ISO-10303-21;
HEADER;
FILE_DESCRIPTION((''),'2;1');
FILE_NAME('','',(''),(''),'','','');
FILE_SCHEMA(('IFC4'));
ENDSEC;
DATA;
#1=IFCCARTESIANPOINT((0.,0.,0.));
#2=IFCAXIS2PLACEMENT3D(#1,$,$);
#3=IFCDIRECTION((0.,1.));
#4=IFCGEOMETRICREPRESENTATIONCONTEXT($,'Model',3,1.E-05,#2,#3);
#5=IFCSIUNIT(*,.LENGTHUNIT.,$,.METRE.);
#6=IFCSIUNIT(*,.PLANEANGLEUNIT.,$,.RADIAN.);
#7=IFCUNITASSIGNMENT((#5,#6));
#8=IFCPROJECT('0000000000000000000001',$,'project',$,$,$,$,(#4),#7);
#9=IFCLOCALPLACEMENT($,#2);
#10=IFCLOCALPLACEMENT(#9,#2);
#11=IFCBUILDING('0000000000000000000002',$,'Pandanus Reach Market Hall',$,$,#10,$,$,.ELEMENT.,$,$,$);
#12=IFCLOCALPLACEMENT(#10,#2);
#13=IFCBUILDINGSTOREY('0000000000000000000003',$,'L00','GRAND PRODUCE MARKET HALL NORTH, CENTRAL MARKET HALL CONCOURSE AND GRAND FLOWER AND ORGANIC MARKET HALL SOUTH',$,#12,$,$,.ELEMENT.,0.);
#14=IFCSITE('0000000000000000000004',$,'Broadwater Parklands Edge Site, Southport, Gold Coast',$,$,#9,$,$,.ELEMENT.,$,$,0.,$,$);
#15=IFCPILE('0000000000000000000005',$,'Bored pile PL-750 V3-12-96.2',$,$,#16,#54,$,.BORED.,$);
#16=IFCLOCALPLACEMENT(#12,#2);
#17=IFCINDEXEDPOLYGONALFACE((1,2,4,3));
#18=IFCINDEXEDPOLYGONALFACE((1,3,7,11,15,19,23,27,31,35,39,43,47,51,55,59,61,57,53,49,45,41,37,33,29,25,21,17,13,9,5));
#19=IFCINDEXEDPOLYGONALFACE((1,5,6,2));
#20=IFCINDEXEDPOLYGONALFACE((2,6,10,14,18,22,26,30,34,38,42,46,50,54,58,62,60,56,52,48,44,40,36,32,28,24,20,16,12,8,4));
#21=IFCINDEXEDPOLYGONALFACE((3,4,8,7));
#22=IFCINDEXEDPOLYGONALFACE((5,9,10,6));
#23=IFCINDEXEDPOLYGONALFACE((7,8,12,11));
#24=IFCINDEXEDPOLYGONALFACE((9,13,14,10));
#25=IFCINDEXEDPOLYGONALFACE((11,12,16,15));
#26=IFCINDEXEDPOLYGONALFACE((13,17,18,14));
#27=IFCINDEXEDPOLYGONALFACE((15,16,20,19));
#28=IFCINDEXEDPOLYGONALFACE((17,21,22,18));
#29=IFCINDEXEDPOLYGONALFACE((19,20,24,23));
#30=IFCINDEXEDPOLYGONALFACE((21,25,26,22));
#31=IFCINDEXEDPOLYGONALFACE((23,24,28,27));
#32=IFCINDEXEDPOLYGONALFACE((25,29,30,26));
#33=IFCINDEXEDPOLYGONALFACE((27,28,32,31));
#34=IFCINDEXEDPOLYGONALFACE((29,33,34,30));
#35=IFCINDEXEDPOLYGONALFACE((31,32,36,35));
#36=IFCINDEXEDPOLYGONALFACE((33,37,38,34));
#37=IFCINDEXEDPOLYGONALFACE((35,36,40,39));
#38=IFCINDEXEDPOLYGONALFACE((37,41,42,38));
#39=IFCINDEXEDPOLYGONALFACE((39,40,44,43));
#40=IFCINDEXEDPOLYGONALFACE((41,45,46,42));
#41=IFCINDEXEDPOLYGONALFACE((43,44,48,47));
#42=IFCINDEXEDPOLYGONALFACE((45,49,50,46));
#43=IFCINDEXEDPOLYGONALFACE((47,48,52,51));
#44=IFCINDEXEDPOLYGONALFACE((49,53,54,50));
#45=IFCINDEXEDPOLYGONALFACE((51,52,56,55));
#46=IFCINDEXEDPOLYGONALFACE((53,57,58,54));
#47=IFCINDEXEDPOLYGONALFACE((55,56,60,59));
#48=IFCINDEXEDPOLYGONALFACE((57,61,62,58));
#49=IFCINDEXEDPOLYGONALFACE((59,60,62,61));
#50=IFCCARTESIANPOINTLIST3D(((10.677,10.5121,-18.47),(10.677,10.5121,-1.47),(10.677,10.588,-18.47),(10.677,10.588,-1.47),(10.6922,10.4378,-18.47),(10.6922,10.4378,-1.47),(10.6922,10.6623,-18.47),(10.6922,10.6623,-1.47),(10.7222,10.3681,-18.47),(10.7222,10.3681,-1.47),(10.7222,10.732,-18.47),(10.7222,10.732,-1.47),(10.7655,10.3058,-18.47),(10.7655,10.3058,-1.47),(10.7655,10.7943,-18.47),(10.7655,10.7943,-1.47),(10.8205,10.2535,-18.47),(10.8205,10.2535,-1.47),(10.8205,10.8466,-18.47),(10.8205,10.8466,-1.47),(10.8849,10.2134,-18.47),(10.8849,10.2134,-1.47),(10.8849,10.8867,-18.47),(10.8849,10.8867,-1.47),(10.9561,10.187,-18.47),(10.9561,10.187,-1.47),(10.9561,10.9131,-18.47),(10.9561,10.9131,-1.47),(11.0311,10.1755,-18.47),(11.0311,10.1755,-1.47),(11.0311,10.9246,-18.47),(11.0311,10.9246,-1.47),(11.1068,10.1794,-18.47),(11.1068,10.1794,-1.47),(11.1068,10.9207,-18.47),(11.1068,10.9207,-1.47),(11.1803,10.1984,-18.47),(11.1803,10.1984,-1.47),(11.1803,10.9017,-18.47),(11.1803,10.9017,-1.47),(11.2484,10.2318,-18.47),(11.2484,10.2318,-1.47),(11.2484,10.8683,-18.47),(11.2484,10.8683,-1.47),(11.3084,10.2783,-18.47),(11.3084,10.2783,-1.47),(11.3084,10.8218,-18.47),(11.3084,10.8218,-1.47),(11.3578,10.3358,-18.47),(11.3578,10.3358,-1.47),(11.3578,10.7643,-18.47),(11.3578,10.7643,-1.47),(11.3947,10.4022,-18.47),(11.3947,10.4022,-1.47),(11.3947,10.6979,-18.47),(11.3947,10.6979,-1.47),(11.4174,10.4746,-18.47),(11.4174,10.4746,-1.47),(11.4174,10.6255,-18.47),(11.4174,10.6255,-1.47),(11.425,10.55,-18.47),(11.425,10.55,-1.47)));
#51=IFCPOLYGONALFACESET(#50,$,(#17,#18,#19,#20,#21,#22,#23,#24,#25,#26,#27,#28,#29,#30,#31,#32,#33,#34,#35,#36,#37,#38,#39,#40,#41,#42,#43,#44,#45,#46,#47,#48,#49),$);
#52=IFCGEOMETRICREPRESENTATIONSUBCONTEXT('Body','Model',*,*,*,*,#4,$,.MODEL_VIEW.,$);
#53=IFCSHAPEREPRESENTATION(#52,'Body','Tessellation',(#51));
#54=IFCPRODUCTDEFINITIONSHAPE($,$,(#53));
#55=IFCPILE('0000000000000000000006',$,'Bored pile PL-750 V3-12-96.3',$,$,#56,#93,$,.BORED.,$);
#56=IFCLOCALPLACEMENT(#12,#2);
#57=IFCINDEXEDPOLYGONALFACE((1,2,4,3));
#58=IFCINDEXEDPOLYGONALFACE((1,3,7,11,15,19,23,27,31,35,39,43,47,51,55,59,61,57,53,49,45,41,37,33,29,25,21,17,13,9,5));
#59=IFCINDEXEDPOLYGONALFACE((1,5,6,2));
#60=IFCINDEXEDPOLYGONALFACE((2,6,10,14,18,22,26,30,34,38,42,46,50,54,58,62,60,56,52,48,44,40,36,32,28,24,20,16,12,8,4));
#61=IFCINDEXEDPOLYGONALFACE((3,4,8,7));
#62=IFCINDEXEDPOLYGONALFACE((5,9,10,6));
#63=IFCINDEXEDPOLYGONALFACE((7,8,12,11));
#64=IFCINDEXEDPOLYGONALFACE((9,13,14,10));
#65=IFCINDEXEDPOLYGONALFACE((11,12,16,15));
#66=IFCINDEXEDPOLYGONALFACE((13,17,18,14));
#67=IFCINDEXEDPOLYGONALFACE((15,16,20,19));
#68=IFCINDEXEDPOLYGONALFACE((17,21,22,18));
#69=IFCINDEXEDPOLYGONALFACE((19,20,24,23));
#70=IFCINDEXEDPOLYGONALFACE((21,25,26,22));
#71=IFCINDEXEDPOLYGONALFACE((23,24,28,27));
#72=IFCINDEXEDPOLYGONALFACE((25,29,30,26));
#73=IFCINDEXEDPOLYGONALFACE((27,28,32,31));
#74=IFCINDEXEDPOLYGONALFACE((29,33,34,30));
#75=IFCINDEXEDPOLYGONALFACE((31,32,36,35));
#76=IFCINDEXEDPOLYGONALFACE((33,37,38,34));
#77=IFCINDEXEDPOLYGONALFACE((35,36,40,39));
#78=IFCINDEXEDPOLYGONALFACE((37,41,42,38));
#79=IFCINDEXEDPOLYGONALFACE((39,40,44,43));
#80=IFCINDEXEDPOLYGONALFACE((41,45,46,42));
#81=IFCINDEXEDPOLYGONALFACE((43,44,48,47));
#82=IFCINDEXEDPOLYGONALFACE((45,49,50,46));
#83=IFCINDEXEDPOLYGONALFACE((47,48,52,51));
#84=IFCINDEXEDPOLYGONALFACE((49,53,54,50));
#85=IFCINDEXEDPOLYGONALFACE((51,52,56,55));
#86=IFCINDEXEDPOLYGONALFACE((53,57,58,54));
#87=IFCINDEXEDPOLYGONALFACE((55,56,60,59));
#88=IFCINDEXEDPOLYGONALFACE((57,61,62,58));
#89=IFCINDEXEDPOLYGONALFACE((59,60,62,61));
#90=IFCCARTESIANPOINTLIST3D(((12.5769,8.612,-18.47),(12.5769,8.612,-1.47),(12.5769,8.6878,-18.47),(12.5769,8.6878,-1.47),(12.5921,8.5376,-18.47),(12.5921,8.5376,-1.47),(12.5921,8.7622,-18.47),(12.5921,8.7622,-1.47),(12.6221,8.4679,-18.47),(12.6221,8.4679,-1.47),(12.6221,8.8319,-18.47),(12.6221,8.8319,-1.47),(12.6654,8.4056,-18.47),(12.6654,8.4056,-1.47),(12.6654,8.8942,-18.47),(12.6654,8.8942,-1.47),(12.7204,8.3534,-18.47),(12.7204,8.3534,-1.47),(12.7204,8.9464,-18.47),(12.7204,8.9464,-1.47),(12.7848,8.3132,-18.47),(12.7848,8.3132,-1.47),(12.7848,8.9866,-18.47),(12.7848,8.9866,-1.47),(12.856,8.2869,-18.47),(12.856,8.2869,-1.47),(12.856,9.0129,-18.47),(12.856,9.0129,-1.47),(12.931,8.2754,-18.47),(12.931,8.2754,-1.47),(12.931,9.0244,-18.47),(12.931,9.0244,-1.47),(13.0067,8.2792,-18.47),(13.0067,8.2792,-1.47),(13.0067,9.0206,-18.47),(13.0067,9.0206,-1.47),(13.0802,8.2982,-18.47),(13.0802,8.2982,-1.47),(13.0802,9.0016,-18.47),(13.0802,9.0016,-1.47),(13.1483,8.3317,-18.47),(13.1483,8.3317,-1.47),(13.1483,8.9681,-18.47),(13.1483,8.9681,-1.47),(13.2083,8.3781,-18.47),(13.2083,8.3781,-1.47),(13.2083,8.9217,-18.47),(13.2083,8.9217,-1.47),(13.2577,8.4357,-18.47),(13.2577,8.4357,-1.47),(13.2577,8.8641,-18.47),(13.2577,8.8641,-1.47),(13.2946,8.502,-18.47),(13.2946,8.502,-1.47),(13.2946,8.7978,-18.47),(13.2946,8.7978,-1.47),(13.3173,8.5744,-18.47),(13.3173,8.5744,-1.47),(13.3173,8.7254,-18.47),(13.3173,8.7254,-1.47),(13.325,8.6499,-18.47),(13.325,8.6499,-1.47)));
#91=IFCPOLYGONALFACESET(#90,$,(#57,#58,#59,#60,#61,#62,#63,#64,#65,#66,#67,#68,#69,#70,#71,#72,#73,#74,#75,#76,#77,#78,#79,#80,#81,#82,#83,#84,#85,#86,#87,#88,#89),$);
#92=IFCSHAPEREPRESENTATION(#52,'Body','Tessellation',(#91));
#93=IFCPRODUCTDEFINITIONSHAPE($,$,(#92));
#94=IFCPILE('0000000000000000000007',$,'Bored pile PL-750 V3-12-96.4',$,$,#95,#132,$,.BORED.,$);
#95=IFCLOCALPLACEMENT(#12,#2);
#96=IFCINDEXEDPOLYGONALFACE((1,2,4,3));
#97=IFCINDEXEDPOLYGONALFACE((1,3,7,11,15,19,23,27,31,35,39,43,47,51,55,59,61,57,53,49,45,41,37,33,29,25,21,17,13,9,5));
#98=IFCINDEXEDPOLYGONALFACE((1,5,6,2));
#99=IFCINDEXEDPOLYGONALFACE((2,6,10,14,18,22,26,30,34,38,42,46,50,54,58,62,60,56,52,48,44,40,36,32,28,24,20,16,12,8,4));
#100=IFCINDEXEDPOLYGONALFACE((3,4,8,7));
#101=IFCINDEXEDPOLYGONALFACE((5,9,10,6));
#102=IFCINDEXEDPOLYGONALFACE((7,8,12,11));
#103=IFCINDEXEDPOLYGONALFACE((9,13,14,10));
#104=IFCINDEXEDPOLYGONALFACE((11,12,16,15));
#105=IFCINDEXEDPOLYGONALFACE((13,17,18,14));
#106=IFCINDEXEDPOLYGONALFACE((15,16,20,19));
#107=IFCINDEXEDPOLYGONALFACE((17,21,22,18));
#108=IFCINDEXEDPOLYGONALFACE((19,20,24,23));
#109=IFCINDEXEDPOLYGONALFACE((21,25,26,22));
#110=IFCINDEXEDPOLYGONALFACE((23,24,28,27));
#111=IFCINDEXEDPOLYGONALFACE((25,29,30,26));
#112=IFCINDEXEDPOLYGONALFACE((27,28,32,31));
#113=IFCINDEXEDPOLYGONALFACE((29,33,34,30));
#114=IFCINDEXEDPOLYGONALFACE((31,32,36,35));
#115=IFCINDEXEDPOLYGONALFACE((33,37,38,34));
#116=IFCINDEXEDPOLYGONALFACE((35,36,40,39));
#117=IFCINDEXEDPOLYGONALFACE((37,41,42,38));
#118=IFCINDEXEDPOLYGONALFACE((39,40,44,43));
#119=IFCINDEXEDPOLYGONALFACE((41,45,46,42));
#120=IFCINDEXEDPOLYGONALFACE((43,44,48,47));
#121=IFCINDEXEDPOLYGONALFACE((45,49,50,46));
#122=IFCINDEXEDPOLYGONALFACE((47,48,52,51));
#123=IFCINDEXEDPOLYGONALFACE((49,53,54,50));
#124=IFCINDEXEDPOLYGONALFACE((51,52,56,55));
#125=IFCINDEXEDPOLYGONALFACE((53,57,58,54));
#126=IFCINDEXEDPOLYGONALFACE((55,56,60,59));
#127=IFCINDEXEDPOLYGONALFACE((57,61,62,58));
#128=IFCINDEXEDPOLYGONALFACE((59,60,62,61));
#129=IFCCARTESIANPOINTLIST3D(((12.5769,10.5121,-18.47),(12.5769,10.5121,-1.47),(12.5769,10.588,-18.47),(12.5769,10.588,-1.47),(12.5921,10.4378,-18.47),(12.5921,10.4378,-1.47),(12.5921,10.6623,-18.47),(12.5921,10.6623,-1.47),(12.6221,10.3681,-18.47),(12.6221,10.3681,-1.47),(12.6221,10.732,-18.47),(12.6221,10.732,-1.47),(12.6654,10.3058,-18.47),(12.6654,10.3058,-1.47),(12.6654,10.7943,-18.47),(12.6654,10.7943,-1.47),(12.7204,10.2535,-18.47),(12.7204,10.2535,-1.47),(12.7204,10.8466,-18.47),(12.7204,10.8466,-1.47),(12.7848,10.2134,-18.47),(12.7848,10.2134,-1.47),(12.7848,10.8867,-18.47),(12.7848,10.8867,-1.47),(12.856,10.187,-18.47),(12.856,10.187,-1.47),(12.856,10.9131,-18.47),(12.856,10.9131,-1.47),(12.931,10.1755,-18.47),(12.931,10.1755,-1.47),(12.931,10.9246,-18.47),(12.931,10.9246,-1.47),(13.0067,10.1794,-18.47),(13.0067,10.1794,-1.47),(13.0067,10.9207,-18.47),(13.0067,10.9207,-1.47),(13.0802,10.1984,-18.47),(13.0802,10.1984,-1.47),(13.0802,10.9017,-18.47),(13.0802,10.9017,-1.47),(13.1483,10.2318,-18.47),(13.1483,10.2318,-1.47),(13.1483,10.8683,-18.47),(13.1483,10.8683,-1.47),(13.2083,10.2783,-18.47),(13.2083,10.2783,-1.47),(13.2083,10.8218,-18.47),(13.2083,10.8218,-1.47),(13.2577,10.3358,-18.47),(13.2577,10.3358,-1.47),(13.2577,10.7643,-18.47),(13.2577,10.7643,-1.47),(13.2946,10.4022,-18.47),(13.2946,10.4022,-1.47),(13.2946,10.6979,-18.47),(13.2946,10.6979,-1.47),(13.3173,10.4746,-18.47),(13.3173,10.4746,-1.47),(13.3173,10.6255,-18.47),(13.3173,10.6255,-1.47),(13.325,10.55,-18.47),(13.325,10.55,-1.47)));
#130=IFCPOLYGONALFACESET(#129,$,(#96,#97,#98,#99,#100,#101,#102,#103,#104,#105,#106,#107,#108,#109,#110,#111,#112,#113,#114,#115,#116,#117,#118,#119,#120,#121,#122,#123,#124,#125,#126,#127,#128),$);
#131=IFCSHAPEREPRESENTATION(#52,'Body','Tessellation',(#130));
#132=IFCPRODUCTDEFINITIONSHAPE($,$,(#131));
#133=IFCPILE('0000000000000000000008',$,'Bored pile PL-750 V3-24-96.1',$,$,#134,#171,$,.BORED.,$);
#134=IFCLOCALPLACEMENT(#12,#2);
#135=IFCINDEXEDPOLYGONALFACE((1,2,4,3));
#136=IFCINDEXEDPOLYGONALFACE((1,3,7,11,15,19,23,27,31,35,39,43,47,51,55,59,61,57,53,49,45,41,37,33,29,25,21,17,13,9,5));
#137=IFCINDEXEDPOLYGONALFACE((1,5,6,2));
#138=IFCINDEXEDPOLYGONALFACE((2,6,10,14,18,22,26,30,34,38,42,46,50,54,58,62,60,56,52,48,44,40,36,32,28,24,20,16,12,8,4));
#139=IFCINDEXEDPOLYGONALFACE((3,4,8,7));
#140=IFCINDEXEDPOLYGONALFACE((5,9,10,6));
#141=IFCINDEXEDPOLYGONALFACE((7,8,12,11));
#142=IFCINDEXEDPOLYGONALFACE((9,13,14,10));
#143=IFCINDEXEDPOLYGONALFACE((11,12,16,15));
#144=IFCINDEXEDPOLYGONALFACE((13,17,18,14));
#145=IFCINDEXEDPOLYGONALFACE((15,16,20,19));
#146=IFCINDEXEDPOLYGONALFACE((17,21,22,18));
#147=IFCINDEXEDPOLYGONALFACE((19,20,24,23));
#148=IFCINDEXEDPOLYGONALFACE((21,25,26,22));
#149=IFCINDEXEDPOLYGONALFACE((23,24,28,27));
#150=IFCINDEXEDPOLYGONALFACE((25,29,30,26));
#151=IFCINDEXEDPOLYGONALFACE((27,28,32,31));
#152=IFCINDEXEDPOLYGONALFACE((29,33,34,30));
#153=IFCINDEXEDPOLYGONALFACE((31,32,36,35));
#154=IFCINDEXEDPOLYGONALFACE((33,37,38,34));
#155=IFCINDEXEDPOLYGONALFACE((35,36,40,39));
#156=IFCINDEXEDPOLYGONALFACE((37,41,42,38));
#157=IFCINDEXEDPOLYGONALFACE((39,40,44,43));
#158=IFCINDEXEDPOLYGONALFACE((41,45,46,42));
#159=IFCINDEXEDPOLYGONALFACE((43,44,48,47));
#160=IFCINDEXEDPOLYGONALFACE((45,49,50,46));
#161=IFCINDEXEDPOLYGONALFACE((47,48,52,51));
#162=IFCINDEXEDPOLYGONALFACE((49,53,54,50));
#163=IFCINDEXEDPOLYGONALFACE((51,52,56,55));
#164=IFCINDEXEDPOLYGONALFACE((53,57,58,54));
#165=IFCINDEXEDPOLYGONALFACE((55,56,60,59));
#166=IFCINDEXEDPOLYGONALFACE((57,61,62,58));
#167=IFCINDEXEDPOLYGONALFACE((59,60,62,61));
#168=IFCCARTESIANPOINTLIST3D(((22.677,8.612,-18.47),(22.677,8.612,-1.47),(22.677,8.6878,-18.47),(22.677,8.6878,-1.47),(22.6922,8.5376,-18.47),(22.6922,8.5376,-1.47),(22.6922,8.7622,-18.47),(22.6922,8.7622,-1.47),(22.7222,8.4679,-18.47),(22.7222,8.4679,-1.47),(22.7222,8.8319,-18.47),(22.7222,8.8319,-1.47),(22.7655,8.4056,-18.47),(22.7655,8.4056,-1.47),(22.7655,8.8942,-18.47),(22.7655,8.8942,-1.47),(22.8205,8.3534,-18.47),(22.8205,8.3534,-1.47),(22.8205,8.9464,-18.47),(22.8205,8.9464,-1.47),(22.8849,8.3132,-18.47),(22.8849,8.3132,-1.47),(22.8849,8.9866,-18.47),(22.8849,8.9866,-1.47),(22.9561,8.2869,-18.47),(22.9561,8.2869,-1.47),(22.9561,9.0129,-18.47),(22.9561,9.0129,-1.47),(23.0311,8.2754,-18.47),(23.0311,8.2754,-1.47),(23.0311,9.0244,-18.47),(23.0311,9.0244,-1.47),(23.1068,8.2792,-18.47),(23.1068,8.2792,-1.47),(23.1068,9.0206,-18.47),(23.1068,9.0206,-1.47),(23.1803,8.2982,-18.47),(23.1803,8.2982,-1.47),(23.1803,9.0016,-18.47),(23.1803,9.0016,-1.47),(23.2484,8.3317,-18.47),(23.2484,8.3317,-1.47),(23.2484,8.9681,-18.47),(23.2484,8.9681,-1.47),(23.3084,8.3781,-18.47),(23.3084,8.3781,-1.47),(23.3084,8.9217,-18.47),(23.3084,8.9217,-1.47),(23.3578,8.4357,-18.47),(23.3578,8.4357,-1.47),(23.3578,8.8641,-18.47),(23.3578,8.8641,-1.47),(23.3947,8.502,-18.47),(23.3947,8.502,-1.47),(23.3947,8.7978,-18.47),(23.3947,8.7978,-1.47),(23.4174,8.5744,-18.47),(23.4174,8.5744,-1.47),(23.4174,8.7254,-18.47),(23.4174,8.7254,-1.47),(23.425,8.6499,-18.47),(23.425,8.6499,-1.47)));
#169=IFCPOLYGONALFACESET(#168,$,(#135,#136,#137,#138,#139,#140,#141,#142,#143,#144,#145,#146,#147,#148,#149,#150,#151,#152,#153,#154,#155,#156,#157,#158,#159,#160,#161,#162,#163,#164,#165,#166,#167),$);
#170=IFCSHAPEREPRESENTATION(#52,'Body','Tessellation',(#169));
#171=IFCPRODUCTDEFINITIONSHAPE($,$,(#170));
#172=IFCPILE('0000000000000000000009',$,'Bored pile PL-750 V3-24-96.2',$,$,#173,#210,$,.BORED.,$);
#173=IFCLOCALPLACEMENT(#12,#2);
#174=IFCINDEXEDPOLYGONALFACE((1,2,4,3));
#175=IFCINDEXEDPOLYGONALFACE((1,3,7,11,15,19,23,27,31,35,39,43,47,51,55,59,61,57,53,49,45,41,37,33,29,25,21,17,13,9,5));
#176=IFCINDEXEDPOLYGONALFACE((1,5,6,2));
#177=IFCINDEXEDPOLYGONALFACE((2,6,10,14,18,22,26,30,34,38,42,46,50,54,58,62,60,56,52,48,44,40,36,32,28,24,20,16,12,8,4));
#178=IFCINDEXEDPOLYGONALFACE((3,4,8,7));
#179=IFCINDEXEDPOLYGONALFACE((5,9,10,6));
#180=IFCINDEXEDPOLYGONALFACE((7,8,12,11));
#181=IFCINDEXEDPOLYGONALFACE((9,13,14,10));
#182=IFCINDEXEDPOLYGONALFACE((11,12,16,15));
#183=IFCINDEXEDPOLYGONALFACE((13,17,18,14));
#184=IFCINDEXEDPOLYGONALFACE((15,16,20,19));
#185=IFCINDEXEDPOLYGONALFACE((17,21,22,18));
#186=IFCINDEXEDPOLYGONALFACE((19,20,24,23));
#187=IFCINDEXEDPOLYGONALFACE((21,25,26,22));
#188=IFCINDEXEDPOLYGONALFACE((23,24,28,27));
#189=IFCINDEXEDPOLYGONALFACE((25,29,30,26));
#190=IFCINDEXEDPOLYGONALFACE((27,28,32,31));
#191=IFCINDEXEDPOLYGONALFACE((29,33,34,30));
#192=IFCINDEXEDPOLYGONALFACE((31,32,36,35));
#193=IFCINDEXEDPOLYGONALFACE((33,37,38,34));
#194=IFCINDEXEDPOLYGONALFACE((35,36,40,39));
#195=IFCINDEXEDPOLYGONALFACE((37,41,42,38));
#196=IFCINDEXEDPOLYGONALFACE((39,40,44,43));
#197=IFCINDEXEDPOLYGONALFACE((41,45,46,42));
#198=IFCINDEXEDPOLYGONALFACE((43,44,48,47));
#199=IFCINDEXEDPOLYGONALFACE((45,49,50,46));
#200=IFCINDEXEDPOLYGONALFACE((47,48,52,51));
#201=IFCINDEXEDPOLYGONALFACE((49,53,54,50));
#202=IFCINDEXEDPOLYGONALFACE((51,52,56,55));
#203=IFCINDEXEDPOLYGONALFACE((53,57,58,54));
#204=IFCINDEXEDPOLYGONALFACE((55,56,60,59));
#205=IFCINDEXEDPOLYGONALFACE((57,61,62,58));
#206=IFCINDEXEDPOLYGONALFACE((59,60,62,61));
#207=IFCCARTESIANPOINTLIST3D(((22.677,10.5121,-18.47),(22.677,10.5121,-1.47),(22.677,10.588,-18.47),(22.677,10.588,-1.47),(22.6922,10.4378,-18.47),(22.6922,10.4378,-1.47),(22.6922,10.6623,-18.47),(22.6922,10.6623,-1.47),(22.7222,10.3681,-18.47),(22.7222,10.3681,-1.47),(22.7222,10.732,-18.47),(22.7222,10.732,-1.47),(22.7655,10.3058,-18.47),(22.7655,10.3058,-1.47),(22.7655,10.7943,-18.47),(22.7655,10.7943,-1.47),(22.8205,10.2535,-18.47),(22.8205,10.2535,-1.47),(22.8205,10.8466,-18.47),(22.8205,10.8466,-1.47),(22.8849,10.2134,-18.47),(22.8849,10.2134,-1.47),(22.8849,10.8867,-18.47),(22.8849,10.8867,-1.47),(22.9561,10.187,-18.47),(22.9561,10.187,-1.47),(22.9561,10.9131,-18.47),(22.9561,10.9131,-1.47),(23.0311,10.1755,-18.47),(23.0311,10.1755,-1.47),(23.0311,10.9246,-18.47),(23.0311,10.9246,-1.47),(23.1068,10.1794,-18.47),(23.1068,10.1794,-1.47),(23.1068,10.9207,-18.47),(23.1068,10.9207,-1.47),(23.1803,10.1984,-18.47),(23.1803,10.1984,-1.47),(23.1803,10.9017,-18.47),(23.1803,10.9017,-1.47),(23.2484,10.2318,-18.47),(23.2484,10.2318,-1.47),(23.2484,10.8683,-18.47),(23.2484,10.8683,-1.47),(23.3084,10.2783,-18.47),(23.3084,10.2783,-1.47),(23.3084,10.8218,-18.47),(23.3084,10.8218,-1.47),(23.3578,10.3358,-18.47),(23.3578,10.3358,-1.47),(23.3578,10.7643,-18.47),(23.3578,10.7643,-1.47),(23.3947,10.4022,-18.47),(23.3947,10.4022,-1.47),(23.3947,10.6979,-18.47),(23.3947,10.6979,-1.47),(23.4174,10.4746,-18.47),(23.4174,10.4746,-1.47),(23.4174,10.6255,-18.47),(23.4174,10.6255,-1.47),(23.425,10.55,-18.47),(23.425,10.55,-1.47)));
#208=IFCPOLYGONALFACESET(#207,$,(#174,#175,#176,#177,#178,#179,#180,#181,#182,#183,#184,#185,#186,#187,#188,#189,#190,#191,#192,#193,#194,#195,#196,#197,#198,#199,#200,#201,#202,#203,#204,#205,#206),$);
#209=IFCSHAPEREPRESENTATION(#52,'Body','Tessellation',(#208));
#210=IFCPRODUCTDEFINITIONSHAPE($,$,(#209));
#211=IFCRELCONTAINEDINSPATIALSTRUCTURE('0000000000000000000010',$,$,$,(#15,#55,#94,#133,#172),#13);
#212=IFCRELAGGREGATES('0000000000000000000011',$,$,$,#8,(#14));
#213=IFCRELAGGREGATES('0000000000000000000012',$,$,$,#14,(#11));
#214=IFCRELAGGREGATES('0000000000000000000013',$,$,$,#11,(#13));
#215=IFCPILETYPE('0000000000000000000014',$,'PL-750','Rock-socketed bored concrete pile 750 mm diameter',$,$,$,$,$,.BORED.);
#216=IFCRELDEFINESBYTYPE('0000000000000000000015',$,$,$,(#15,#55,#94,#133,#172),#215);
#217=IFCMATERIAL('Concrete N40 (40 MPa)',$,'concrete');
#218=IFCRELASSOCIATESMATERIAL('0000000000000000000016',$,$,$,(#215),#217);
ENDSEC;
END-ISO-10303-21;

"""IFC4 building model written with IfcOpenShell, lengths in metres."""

from ifc_helpers import new_model, si_unit, direction, frame, origin, origin_2d, place, context, subcontext, project, spatial, circle, extrude, material, material_profile, profile_set, type_object, element, save


model = new_model("IFC4")

# Units and contexts
model_context = context("Model", 3, precision=1e-05, world=origin(), true_north=direction((0.0, 1.0)))
body_context = subcontext(model_context, "Body", "Model", "MODEL_VIEW")
ifc_project = project(units=[si_unit("LENGTHUNIT", "METRE"), si_unit("PLANEANGLEUNIT", "RADIAN")], contexts=[model_context])

# Site, building, storey
site_placement = place(None, origin())
site = spatial("IfcSite", under=ifc_project, at=site_placement, Name="Broadwater Parklands Edge Site, Southport, Gold Coast", CompositionType="ELEMENT", RefElevation=0.0)
building_placement = place(site_placement, origin())
building = spatial("IfcBuilding", under=site, at=building_placement, Name="Pandanus Reach Market Hall", CompositionType="ELEMENT")
storey_placement = place(building_placement, origin())
storey = spatial("IfcBuildingStorey", under=building, at=storey_placement, Name="L00", Description="GRAND PRODUCE MARKET HALL NORTH, CENTRAL MARKET HALL CONCOURSE AND GRAND FLOWER AND ORGANIC MARKET HALL SOUTH", CompositionType="ELEMENT", Elevation=0.0)

# Shared definitions
ifc_material_1 = material(Name="Concrete N40 (40 MPa)", Category="concrete")

# Piles
ifc_material_profile_1 = material_profile(ifc_material_1, circle(Radius=0.375, at=origin_2d()), Name="PILE-750D", Category="LoadBearing")
ifc_profile_set_1 = profile_set([ifc_material_profile_1], Name="Concrete N40 (40 MPa)")
pile_type_1 = type_object("IfcPileType", Name="PL-750", Description="Rock-socketed bored concrete pile 750 mm diameter", PredefinedType="BORED", material=ifc_profile_set_1)
for number, where, z_axis, x_axis, name in (
    (1, (11.05, 10.55, -1.47), (0.0, 0.0, -1.0), (1.0, 0.0, 0.0), "Bored pile PL-750 V3-12-96.2"),
    (2, (12.95, 8.6499, -1.47), (0.0, 0.0, -1.0), (1.0, 0.0, 0.0), "Bored pile PL-750 V3-12-96.3"),
    (3, (12.95, 10.55, -1.47), (0.0, 0.0, -1.0), (1.0, 0.0, 0.0), "Bored pile PL-750 V3-12-96.4"),
    (4, (23.05, 8.6499, -1.47), (0.0, 0.0, -1.0), (1.0, 0.0, 0.0), "Bored pile PL-750 V3-24-96.1"),
    (5, (23.05, 10.55, -1.47), (0.0, 0.0, -1.0), (1.0, 0.0, 0.0), "Bored pile PL-750 V3-24-96.2"),
):
    element("IfcPile", number, at=place(storey_placement, frame(where, z_axis=z_axis, x_axis=x_axis)), inside=storey, type_object=pile_type_1, Name=name, PredefinedType="BORED", context=body_context, shape_type="SweptSolid", body=[
        extrude(circle(Radius=0.375, at=origin_2d()), origin(), (0.0, 0.0, 1.0), 17.0),
    ])

save(model, "model.ifc")
